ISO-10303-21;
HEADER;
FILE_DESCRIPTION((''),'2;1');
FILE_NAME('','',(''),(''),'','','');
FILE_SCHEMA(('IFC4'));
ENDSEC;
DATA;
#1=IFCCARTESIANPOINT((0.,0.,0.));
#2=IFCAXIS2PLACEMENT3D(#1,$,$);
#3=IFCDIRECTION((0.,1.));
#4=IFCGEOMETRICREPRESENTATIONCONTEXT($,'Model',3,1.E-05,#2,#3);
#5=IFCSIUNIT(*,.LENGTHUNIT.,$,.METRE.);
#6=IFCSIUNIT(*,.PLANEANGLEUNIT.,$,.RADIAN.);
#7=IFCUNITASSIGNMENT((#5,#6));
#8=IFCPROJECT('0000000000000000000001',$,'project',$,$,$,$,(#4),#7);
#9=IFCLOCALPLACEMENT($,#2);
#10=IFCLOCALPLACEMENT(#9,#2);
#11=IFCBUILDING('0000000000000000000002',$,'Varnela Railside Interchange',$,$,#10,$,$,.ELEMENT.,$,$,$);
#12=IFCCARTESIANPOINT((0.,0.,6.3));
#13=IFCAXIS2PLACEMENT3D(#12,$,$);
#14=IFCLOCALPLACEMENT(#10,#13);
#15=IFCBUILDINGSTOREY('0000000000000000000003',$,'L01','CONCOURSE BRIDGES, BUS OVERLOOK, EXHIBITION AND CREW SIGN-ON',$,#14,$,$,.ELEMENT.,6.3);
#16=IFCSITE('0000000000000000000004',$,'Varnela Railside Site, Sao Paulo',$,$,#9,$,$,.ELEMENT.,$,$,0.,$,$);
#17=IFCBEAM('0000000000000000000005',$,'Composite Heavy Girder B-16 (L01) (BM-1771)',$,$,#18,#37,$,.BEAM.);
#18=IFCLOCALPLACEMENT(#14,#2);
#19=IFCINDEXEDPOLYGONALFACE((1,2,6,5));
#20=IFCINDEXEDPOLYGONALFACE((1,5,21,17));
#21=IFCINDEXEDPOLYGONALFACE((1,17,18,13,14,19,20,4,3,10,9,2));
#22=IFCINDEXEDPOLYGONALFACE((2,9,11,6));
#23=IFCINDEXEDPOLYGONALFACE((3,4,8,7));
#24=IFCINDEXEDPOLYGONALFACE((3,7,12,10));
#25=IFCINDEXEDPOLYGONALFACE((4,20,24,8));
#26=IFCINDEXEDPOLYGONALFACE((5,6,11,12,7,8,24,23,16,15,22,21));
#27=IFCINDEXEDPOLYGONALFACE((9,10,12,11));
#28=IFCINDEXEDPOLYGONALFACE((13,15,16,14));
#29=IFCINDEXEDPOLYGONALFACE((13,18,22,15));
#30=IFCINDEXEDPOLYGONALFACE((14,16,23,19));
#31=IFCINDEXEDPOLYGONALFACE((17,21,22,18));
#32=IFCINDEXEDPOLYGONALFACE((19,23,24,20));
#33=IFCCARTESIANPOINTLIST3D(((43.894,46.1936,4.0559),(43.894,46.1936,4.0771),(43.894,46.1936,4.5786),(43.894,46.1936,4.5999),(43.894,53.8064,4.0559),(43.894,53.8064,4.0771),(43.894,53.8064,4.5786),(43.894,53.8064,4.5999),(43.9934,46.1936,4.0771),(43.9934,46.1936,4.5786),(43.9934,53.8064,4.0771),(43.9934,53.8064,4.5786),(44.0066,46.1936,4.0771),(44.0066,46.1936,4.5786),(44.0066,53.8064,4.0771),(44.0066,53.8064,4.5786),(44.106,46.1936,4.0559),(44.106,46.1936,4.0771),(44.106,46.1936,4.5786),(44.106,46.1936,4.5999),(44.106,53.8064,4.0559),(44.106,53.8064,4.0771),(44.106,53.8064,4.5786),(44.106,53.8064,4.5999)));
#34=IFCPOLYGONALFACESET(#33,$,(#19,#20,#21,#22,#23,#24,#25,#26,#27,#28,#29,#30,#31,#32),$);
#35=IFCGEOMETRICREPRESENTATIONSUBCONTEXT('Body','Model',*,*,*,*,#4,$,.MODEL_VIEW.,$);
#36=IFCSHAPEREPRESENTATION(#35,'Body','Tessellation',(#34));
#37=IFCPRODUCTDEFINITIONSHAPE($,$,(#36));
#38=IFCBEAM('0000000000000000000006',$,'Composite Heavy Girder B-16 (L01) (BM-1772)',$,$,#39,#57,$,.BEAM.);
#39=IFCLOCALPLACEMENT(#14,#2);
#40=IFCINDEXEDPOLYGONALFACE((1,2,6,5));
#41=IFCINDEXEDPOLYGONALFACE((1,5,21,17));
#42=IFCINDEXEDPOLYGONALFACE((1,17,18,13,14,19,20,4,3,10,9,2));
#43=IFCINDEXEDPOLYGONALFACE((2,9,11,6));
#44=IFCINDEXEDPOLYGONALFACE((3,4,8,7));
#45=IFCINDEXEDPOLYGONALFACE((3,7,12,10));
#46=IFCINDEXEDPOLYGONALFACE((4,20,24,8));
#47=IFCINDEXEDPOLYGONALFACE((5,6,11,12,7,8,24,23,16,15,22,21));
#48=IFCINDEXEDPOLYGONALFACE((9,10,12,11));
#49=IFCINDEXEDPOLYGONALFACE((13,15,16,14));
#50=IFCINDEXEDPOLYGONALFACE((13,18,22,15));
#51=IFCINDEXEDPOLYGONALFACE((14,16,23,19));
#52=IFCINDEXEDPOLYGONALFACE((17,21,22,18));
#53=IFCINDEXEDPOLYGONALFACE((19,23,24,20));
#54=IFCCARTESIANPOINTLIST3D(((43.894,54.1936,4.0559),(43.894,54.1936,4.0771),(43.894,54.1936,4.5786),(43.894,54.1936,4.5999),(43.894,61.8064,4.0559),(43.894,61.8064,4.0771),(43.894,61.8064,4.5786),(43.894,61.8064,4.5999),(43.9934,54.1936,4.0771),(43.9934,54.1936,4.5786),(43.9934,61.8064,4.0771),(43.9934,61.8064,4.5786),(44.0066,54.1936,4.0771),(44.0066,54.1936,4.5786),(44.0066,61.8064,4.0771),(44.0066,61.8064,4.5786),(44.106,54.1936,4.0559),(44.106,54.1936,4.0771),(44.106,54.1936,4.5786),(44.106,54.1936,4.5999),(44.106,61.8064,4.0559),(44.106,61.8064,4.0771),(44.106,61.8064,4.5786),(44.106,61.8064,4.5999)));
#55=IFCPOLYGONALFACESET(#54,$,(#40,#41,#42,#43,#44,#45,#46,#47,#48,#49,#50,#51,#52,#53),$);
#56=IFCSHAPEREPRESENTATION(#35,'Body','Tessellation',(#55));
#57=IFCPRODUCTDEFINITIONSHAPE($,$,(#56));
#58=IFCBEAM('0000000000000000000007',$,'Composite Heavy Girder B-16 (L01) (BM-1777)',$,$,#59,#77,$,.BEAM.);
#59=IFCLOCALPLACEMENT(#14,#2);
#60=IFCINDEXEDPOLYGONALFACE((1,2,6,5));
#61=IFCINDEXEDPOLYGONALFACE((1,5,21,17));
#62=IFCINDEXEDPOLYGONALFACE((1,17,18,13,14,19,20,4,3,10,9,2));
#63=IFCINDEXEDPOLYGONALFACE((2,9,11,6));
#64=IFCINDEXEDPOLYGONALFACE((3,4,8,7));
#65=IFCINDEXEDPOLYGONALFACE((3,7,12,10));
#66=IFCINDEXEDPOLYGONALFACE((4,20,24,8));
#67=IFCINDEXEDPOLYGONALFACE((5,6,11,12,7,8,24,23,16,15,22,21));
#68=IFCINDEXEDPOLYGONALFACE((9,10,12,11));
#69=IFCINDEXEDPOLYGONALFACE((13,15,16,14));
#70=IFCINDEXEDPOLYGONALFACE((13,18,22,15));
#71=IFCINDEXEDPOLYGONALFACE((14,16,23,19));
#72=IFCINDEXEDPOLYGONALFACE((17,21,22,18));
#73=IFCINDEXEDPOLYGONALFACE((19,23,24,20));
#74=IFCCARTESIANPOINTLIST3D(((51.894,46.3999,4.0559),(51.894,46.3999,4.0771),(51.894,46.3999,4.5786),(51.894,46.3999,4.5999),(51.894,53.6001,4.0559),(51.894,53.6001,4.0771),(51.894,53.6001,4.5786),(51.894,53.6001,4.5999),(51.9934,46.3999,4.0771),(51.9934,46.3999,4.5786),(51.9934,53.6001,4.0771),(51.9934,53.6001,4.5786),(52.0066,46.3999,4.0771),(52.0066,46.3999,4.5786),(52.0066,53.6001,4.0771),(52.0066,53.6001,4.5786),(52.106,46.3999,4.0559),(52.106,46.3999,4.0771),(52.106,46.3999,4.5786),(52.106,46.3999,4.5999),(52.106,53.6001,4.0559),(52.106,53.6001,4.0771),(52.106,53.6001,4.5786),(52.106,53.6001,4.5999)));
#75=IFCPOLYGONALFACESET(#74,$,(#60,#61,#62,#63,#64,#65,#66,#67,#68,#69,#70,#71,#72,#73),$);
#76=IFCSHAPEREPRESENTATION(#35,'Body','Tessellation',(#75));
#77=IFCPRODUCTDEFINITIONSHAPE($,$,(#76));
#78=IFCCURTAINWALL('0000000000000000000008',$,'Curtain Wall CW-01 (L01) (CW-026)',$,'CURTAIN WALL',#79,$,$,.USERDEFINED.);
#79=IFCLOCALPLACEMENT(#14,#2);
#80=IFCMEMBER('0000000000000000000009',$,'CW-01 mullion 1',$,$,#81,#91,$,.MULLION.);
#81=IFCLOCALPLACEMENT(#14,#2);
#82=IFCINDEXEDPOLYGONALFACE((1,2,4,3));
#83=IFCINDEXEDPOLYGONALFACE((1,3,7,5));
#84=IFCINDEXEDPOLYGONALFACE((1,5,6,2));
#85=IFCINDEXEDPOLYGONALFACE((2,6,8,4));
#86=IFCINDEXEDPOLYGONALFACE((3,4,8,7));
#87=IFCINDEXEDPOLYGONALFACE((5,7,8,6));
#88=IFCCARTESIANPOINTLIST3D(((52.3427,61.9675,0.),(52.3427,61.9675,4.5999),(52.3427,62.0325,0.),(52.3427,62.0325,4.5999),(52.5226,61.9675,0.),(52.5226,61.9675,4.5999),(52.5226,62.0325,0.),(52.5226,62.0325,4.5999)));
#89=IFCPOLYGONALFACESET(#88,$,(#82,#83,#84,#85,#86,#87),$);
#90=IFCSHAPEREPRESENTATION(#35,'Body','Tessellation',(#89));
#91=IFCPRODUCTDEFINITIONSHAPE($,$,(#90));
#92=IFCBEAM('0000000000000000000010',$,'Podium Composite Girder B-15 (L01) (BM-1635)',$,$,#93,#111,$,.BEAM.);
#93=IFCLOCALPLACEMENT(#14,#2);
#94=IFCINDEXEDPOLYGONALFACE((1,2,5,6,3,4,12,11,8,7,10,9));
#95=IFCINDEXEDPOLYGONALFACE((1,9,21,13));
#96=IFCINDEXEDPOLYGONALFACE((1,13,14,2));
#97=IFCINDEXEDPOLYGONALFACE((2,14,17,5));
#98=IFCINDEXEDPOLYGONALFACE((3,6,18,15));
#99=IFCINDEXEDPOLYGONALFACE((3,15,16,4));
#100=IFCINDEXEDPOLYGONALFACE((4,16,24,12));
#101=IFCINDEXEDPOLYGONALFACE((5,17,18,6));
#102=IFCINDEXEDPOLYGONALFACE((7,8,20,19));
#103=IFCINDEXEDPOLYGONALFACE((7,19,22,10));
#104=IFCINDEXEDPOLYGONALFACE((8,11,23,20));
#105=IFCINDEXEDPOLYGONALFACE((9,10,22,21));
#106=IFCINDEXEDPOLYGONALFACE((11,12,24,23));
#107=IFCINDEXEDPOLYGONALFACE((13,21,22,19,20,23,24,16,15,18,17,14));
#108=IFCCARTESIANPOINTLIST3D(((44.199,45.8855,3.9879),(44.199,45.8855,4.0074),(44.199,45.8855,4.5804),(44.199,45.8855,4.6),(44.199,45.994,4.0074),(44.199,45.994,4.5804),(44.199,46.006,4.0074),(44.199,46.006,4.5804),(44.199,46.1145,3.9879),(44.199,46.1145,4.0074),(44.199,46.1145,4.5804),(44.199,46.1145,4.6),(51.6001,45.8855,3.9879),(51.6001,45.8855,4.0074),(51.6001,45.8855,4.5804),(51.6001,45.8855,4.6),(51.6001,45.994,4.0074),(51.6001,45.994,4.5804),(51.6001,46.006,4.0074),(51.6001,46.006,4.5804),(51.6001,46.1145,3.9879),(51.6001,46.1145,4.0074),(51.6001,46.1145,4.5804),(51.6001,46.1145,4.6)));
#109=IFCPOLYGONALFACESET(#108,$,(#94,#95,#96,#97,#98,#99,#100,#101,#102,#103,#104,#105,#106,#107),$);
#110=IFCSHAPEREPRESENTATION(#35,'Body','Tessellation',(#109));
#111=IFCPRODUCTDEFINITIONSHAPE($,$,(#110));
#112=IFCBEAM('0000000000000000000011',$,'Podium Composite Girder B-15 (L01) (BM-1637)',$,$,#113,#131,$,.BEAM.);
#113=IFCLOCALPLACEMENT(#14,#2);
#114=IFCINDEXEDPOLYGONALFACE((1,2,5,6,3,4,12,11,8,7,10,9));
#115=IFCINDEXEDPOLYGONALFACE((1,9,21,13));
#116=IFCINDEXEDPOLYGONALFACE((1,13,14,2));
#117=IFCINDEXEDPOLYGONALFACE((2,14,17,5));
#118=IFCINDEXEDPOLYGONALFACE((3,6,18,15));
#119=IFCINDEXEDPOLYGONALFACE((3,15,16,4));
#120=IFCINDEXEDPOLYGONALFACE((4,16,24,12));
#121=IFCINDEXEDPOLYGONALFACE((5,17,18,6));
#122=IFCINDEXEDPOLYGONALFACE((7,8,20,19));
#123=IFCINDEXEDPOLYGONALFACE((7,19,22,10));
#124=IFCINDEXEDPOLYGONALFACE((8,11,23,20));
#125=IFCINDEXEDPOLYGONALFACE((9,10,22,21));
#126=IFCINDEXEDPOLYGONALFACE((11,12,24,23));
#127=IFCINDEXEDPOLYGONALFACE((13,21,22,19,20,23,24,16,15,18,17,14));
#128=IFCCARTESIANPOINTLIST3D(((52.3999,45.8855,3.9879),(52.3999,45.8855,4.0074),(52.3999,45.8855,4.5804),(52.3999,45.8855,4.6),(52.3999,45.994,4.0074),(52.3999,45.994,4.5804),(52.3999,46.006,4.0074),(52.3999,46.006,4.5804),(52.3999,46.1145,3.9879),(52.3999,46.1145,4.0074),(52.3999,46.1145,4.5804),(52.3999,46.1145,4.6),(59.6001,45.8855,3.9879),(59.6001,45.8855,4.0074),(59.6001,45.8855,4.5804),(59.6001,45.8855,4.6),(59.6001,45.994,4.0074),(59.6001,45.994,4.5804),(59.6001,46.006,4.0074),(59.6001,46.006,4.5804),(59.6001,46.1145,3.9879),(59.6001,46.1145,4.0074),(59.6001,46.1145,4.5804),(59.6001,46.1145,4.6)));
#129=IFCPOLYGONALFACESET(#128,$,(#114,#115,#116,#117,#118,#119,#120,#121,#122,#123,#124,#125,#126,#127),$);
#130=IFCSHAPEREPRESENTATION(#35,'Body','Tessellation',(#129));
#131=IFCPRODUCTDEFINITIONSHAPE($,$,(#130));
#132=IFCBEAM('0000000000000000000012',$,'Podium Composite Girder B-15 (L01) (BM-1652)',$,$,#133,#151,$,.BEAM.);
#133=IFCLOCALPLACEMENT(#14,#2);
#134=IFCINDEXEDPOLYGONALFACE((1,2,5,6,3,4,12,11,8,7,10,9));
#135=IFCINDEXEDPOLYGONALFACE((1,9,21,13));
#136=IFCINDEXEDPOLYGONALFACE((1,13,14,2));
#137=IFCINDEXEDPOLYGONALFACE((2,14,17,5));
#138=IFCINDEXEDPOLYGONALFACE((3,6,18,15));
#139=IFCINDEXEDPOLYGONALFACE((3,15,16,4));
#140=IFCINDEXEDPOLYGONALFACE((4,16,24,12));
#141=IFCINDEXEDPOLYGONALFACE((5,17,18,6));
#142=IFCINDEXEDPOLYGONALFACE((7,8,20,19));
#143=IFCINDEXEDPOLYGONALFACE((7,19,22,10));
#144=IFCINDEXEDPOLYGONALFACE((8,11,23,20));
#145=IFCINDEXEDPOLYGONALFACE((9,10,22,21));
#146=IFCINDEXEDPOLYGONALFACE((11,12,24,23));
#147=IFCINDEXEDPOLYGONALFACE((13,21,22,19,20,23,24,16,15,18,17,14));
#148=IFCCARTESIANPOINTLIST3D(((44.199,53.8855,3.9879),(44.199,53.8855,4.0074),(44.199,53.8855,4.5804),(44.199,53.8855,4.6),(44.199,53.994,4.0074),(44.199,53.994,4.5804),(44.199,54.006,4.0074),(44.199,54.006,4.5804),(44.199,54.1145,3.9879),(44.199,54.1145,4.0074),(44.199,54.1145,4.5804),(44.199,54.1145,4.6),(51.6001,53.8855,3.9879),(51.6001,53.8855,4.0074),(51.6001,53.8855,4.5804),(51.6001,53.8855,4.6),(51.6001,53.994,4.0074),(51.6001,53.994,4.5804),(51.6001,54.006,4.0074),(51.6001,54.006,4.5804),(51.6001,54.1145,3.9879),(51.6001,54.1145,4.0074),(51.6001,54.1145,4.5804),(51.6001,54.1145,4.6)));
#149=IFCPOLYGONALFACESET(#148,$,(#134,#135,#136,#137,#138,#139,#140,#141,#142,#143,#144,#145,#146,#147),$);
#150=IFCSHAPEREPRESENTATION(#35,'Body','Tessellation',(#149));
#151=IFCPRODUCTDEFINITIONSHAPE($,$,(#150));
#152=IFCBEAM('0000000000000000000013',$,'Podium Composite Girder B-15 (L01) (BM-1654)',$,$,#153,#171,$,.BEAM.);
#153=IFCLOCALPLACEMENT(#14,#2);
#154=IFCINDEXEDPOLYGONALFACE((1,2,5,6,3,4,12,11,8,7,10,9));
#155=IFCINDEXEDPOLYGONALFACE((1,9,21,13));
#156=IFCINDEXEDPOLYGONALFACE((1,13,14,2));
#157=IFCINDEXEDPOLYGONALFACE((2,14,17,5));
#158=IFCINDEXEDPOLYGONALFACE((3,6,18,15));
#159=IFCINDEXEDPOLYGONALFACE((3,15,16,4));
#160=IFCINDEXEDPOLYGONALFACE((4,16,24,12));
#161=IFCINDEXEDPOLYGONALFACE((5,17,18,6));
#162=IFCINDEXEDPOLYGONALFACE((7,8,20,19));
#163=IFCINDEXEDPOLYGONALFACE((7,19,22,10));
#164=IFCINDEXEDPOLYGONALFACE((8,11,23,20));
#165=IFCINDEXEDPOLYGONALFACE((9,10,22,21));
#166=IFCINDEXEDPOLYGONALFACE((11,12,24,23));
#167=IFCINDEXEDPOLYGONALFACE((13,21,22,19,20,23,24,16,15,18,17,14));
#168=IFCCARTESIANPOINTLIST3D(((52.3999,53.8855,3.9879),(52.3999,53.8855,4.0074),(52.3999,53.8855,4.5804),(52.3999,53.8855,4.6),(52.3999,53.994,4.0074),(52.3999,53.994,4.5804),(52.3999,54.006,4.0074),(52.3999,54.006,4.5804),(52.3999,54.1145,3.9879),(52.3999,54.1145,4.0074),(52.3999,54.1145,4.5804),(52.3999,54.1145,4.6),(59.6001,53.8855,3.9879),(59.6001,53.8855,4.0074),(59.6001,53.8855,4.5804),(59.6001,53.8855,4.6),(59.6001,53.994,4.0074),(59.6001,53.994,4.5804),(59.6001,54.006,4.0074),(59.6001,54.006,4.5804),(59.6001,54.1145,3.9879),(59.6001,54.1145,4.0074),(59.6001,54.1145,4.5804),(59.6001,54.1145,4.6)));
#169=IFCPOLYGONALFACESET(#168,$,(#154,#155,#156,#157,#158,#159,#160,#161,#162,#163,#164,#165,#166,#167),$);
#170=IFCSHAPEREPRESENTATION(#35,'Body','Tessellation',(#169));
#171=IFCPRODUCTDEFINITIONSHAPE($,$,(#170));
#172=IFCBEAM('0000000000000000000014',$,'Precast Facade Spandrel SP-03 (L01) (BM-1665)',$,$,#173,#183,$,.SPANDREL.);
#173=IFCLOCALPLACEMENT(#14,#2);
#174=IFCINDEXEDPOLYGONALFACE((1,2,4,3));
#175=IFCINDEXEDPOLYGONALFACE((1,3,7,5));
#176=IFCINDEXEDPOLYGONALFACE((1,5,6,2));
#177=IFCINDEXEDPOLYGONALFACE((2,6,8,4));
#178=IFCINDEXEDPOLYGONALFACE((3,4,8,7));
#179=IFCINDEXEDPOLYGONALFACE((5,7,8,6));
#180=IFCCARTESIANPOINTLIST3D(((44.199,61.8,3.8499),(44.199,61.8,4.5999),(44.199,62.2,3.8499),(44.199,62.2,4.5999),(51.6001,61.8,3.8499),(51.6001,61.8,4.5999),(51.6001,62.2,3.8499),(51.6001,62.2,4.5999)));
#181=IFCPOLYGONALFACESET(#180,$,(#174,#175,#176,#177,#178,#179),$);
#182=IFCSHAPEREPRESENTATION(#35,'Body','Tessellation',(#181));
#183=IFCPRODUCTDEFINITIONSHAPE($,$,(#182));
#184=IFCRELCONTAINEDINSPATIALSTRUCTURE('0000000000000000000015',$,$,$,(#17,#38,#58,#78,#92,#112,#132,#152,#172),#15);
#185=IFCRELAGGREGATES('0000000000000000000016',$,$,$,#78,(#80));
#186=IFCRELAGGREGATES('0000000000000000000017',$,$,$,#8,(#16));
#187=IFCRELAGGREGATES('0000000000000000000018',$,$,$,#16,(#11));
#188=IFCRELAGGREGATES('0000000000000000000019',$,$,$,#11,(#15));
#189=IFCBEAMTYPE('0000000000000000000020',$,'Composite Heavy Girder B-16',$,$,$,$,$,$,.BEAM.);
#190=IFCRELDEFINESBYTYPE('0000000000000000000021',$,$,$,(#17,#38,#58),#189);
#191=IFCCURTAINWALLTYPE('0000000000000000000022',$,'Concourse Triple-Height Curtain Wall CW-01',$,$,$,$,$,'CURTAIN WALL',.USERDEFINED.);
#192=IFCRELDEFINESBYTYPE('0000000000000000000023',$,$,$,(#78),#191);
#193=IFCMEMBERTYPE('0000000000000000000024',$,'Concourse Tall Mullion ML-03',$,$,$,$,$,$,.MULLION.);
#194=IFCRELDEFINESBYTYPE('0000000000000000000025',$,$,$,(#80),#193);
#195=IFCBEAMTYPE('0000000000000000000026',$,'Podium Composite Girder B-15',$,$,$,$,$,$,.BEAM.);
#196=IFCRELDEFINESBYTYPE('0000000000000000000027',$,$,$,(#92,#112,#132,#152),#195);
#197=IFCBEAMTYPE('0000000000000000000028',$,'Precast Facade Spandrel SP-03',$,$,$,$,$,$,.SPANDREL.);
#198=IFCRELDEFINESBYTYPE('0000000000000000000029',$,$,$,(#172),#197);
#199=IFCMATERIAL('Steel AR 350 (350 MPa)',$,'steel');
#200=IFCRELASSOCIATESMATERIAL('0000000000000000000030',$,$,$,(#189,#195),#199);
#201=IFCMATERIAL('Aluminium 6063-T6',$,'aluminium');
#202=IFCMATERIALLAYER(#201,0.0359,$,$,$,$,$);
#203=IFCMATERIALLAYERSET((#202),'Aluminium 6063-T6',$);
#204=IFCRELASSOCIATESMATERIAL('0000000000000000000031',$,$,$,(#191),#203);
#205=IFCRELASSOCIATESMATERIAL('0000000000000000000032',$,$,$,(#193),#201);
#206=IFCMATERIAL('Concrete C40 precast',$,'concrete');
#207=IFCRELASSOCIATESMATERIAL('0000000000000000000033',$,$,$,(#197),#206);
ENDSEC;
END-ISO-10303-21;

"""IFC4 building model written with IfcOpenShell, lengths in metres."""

from ifc_helpers import new_model, si_unit, direction, frame, origin, origin_2d, place, context, subcontext, project, spatial, rectangle, i_section, extrude, material, layer, layer_set, material_profile, profile_set, type_object, element, aggregate, save


model = new_model("IFC4")

# Units and contexts
model_context = context("Model", 3, precision=1e-05, world=origin(), true_north=direction((0.0, 1.0)))
body_context = subcontext(model_context, "Body", "Model", "MODEL_VIEW")
ifc_project = project(units=[si_unit("LENGTHUNIT", "METRE"), si_unit("PLANEANGLEUNIT", "RADIAN")], contexts=[model_context])

# Site, building, storey
site_placement = place(None, origin())
site = spatial("IfcSite", under=ifc_project, at=site_placement, Name="Varnela Railside Site, Sao Paulo", CompositionType="ELEMENT", RefElevation=0.0)
building_placement = place(site_placement, origin())
building = spatial("IfcBuilding", under=site, at=building_placement, Name="Varnela Railside Interchange", CompositionType="ELEMENT")
storey_placement = place(building_placement, frame((0.0, 0.0, 6.3)))
storey = spatial("IfcBuildingStorey", under=building, at=storey_placement, Name="L01", Description="CONCOURSE BRIDGES, BUS OVERLOOK, EXHIBITION AND CREW SIGN-ON", CompositionType="ELEMENT", Elevation=6.3)

# Shared definitions
ifc_material_1 = material(Name="Steel AR 350 (350 MPa)", Category="steel")

# Beams
ifc_material_profile_1 = material_profile(ifc_material_1, i_section(OverallWidth=0.2119, OverallDepth=0.5439, WebThickness=0.0132, FlangeThickness=0.0212, at=origin_2d()), Name="W530x123")
ifc_profile_set_1 = profile_set([ifc_material_profile_1], Name="Steel AR 350 (350 MPa)")
beam_type_1 = type_object("IfcBeamType", Name="Composite Heavy Girder B-16", PredefinedType="BEAM", material=ifc_profile_set_1)
for number, where, z_axis, x_axis, name in (
    (1, (44.0, 46.1936, 4.3279), (0.0, 1.0, 0.0), (-1.0, 0.0, 0.0), "Composite Heavy Girder B-16 (L01) (BM-1771)"),
    (2, (44.0, 54.1936, 4.3279), (0.0, 1.0, 0.0), (-1.0, 0.0, 0.0), "Composite Heavy Girder B-16 (L01) (BM-1772)"),
):
    element("IfcBeam", number, at=place(storey_placement, frame(where, z_axis=z_axis, x_axis=x_axis)), inside=storey, type_object=beam_type_1, Name=name, PredefinedType="BEAM", context=body_context, shape_type="SweptSolid", body=[
        extrude(i_section(OverallWidth=0.2119, OverallDepth=0.5439, WebThickness=0.0132, FlangeThickness=0.0212, at=origin_2d()), origin(), (0.0, 0.0, 1.0), 7.6128),
    ])
beam_1_placement = place(storey_placement, frame((52.0, 46.3999, 4.3279), z_axis=(0.0, 1.0, 0.0), x_axis=(-1.0, 0.0, 0.0)))
element("IfcBeam", 3, at=beam_1_placement, inside=storey, type_object=beam_type_1, Name="Composite Heavy Girder B-16 (L01) (BM-1777)", PredefinedType="BEAM", context=body_context, shape_type="SweptSolid", body=[
    extrude(i_section(OverallWidth=0.2119, OverallDepth=0.5439, WebThickness=0.0132, FlangeThickness=0.0212, at=origin_2d()), origin(), (0.0, 0.0, 1.0), 7.2002),
])

# Curtain wall, member
ifc_material_2 = material(Name="Aluminium 6063-T6", Category="aluminium")
ifc_layer_1 = layer(ifc_material_2, 0.0359)
ifc_layer_set_1 = layer_set([ifc_layer_1], Name="Aluminium 6063-T6")
curtain_wall_type = type_object("IfcCurtainWallType", Name="Concourse Triple-Height Curtain Wall CW-01", ElementType="CURTAIN WALL", PredefinedType="USERDEFINED", material=ifc_layer_set_1)
curtain_wall_placement = place(storey_placement, origin())
curtain_wall = element("IfcCurtainWall", 4, at=curtain_wall_placement, inside=storey, type_object=curtain_wall_type, Name="Curtain Wall CW-01 (L01) (CW-026)", ObjectType="CURTAIN WALL", PredefinedType="USERDEFINED")
ifc_material_profile_2 = material_profile(ifc_material_2, rectangle(XDim=0.0649, YDim=0.1799, at=origin_2d()), Name="ALU 65x180")
ifc_profile_set_2 = profile_set([ifc_material_profile_2], Name="Aluminium 6063-T6")
member_type = type_object("IfcMemberType", Name="Concourse Tall Mullion ML-03", PredefinedType="MULLION", material=ifc_profile_set_2)
member_placement = place(storey_placement, frame((52.4326, 62.0, 0.0), z_axis=(0.0, 0.0, 1.0), x_axis=(0.0, 1.0, 0.0)))
member = element("IfcMember", 5, at=member_placement, type_object=member_type, Name="CW-01 mullion 1", PredefinedType="MULLION", context=body_context, shape_type="SweptSolid", body=[
    extrude(rectangle(XDim=0.0649, YDim=0.1799, at=origin_2d()), origin(), (0.0, 0.0, 1.0), 4.5999),
])
aggregate(curtain_wall, [member])

# Beams
ifc_material_profile_3 = material_profile(ifc_material_1, i_section(OverallWidth=0.229, OverallDepth=0.6121, WebThickness=0.012, FlangeThickness=0.0195, at=origin_2d()), Name="W610x125")
ifc_profile_set_3 = profile_set([ifc_material_profile_3], Name="Steel AR 350 (350 MPa)")
beam_type_2 = type_object("IfcBeamType", Name="Podium Composite Girder B-15", PredefinedType="BEAM", material=ifc_profile_set_3)
beam_2_placement = place(storey_placement, frame((44.199, 46.0, 4.2939), z_axis=(1.0, 0.0, 0.0), x_axis=(0.0, 1.0, 0.0)))
element("IfcBeam", 6, at=beam_2_placement, inside=storey, type_object=beam_type_2, Name="Podium Composite Girder B-15 (L01) (BM-1635)", PredefinedType="BEAM", context=body_context, shape_type="SweptSolid", body=[
    extrude(i_section(OverallWidth=0.229, OverallDepth=0.6121, WebThickness=0.012, FlangeThickness=0.0195, at=origin_2d()), origin(), (0.0, 0.0, 1.0), 7.4011),
])
beam_3_placement = place(storey_placement, frame((52.3999, 46.0, 4.2939), z_axis=(1.0, 0.0, 0.0), x_axis=(0.0, 1.0, 0.0)))
element("IfcBeam", 7, at=beam_3_placement, inside=storey, type_object=beam_type_2, Name="Podium Composite Girder B-15 (L01) (BM-1637)", PredefinedType="BEAM", context=body_context, shape_type="SweptSolid", body=[
    extrude(i_section(OverallWidth=0.229, OverallDepth=0.6121, WebThickness=0.012, FlangeThickness=0.0195, at=origin_2d()), origin(), (0.0, 0.0, 1.0), 7.2002),
])
beam_4_placement = place(storey_placement, frame((44.199, 54.0, 4.2939), z_axis=(1.0, 0.0, 0.0), x_axis=(0.0, 1.0, 0.0)))
element("IfcBeam", 8, at=beam_4_placement, inside=storey, type_object=beam_type_2, Name="Podium Composite Girder B-15 (L01) (BM-1652)", PredefinedType="BEAM", context=body_context, shape_type="SweptSolid", body=[
    extrude(i_section(OverallWidth=0.229, OverallDepth=0.6121, WebThickness=0.012, FlangeThickness=0.0195, at=origin_2d()), origin(), (0.0, 0.0, 1.0), 7.4011),
])
beam_5_placement = place(storey_placement, frame((52.3999, 54.0, 4.2939), z_axis=(1.0, 0.0, 0.0), x_axis=(0.0, 1.0, 0.0)))
element("IfcBeam", 9, at=beam_5_placement, inside=storey, type_object=beam_type_2, Name="Podium Composite Girder B-15 (L01) (BM-1654)", PredefinedType="BEAM", context=body_context, shape_type="SweptSolid", body=[
    extrude(i_section(OverallWidth=0.229, OverallDepth=0.6121, WebThickness=0.012, FlangeThickness=0.0195, at=origin_2d()), origin(), (0.0, 0.0, 1.0), 7.2002),
])
ifc_material_3 = material(Name="Concrete C40 precast", Category="concrete")
ifc_material_profile_4 = material_profile(ifc_material_3, rectangle(XDim=0.3999, YDim=0.75, at=origin_2d()), Name="PC 400x750")
ifc_profile_set_4 = profile_set([ifc_material_profile_4], Name="Concrete C40 precast")
beam_type_3 = type_object("IfcBeamType", Name="Precast Facade Spandrel SP-03", PredefinedType="SPANDREL", material=ifc_profile_set_4)
beam_6_placement = place(storey_placement, frame((44.199, 62.0, 4.2249), z_axis=(1.0, 0.0, 0.0), x_axis=(0.0, 1.0, 0.0)))
element("IfcBeam", 10, at=beam_6_placement, inside=storey, type_object=beam_type_3, Name="Precast Facade Spandrel SP-03 (L01) (BM-1665)", PredefinedType="SPANDREL", context=body_context, shape_type="SweptSolid", body=[
    extrude(rectangle(XDim=0.3999, YDim=0.75, at=origin_2d()), origin(), (0.0, 0.0, 1.0), 7.4011),
])

save(model, "model.ifc")
